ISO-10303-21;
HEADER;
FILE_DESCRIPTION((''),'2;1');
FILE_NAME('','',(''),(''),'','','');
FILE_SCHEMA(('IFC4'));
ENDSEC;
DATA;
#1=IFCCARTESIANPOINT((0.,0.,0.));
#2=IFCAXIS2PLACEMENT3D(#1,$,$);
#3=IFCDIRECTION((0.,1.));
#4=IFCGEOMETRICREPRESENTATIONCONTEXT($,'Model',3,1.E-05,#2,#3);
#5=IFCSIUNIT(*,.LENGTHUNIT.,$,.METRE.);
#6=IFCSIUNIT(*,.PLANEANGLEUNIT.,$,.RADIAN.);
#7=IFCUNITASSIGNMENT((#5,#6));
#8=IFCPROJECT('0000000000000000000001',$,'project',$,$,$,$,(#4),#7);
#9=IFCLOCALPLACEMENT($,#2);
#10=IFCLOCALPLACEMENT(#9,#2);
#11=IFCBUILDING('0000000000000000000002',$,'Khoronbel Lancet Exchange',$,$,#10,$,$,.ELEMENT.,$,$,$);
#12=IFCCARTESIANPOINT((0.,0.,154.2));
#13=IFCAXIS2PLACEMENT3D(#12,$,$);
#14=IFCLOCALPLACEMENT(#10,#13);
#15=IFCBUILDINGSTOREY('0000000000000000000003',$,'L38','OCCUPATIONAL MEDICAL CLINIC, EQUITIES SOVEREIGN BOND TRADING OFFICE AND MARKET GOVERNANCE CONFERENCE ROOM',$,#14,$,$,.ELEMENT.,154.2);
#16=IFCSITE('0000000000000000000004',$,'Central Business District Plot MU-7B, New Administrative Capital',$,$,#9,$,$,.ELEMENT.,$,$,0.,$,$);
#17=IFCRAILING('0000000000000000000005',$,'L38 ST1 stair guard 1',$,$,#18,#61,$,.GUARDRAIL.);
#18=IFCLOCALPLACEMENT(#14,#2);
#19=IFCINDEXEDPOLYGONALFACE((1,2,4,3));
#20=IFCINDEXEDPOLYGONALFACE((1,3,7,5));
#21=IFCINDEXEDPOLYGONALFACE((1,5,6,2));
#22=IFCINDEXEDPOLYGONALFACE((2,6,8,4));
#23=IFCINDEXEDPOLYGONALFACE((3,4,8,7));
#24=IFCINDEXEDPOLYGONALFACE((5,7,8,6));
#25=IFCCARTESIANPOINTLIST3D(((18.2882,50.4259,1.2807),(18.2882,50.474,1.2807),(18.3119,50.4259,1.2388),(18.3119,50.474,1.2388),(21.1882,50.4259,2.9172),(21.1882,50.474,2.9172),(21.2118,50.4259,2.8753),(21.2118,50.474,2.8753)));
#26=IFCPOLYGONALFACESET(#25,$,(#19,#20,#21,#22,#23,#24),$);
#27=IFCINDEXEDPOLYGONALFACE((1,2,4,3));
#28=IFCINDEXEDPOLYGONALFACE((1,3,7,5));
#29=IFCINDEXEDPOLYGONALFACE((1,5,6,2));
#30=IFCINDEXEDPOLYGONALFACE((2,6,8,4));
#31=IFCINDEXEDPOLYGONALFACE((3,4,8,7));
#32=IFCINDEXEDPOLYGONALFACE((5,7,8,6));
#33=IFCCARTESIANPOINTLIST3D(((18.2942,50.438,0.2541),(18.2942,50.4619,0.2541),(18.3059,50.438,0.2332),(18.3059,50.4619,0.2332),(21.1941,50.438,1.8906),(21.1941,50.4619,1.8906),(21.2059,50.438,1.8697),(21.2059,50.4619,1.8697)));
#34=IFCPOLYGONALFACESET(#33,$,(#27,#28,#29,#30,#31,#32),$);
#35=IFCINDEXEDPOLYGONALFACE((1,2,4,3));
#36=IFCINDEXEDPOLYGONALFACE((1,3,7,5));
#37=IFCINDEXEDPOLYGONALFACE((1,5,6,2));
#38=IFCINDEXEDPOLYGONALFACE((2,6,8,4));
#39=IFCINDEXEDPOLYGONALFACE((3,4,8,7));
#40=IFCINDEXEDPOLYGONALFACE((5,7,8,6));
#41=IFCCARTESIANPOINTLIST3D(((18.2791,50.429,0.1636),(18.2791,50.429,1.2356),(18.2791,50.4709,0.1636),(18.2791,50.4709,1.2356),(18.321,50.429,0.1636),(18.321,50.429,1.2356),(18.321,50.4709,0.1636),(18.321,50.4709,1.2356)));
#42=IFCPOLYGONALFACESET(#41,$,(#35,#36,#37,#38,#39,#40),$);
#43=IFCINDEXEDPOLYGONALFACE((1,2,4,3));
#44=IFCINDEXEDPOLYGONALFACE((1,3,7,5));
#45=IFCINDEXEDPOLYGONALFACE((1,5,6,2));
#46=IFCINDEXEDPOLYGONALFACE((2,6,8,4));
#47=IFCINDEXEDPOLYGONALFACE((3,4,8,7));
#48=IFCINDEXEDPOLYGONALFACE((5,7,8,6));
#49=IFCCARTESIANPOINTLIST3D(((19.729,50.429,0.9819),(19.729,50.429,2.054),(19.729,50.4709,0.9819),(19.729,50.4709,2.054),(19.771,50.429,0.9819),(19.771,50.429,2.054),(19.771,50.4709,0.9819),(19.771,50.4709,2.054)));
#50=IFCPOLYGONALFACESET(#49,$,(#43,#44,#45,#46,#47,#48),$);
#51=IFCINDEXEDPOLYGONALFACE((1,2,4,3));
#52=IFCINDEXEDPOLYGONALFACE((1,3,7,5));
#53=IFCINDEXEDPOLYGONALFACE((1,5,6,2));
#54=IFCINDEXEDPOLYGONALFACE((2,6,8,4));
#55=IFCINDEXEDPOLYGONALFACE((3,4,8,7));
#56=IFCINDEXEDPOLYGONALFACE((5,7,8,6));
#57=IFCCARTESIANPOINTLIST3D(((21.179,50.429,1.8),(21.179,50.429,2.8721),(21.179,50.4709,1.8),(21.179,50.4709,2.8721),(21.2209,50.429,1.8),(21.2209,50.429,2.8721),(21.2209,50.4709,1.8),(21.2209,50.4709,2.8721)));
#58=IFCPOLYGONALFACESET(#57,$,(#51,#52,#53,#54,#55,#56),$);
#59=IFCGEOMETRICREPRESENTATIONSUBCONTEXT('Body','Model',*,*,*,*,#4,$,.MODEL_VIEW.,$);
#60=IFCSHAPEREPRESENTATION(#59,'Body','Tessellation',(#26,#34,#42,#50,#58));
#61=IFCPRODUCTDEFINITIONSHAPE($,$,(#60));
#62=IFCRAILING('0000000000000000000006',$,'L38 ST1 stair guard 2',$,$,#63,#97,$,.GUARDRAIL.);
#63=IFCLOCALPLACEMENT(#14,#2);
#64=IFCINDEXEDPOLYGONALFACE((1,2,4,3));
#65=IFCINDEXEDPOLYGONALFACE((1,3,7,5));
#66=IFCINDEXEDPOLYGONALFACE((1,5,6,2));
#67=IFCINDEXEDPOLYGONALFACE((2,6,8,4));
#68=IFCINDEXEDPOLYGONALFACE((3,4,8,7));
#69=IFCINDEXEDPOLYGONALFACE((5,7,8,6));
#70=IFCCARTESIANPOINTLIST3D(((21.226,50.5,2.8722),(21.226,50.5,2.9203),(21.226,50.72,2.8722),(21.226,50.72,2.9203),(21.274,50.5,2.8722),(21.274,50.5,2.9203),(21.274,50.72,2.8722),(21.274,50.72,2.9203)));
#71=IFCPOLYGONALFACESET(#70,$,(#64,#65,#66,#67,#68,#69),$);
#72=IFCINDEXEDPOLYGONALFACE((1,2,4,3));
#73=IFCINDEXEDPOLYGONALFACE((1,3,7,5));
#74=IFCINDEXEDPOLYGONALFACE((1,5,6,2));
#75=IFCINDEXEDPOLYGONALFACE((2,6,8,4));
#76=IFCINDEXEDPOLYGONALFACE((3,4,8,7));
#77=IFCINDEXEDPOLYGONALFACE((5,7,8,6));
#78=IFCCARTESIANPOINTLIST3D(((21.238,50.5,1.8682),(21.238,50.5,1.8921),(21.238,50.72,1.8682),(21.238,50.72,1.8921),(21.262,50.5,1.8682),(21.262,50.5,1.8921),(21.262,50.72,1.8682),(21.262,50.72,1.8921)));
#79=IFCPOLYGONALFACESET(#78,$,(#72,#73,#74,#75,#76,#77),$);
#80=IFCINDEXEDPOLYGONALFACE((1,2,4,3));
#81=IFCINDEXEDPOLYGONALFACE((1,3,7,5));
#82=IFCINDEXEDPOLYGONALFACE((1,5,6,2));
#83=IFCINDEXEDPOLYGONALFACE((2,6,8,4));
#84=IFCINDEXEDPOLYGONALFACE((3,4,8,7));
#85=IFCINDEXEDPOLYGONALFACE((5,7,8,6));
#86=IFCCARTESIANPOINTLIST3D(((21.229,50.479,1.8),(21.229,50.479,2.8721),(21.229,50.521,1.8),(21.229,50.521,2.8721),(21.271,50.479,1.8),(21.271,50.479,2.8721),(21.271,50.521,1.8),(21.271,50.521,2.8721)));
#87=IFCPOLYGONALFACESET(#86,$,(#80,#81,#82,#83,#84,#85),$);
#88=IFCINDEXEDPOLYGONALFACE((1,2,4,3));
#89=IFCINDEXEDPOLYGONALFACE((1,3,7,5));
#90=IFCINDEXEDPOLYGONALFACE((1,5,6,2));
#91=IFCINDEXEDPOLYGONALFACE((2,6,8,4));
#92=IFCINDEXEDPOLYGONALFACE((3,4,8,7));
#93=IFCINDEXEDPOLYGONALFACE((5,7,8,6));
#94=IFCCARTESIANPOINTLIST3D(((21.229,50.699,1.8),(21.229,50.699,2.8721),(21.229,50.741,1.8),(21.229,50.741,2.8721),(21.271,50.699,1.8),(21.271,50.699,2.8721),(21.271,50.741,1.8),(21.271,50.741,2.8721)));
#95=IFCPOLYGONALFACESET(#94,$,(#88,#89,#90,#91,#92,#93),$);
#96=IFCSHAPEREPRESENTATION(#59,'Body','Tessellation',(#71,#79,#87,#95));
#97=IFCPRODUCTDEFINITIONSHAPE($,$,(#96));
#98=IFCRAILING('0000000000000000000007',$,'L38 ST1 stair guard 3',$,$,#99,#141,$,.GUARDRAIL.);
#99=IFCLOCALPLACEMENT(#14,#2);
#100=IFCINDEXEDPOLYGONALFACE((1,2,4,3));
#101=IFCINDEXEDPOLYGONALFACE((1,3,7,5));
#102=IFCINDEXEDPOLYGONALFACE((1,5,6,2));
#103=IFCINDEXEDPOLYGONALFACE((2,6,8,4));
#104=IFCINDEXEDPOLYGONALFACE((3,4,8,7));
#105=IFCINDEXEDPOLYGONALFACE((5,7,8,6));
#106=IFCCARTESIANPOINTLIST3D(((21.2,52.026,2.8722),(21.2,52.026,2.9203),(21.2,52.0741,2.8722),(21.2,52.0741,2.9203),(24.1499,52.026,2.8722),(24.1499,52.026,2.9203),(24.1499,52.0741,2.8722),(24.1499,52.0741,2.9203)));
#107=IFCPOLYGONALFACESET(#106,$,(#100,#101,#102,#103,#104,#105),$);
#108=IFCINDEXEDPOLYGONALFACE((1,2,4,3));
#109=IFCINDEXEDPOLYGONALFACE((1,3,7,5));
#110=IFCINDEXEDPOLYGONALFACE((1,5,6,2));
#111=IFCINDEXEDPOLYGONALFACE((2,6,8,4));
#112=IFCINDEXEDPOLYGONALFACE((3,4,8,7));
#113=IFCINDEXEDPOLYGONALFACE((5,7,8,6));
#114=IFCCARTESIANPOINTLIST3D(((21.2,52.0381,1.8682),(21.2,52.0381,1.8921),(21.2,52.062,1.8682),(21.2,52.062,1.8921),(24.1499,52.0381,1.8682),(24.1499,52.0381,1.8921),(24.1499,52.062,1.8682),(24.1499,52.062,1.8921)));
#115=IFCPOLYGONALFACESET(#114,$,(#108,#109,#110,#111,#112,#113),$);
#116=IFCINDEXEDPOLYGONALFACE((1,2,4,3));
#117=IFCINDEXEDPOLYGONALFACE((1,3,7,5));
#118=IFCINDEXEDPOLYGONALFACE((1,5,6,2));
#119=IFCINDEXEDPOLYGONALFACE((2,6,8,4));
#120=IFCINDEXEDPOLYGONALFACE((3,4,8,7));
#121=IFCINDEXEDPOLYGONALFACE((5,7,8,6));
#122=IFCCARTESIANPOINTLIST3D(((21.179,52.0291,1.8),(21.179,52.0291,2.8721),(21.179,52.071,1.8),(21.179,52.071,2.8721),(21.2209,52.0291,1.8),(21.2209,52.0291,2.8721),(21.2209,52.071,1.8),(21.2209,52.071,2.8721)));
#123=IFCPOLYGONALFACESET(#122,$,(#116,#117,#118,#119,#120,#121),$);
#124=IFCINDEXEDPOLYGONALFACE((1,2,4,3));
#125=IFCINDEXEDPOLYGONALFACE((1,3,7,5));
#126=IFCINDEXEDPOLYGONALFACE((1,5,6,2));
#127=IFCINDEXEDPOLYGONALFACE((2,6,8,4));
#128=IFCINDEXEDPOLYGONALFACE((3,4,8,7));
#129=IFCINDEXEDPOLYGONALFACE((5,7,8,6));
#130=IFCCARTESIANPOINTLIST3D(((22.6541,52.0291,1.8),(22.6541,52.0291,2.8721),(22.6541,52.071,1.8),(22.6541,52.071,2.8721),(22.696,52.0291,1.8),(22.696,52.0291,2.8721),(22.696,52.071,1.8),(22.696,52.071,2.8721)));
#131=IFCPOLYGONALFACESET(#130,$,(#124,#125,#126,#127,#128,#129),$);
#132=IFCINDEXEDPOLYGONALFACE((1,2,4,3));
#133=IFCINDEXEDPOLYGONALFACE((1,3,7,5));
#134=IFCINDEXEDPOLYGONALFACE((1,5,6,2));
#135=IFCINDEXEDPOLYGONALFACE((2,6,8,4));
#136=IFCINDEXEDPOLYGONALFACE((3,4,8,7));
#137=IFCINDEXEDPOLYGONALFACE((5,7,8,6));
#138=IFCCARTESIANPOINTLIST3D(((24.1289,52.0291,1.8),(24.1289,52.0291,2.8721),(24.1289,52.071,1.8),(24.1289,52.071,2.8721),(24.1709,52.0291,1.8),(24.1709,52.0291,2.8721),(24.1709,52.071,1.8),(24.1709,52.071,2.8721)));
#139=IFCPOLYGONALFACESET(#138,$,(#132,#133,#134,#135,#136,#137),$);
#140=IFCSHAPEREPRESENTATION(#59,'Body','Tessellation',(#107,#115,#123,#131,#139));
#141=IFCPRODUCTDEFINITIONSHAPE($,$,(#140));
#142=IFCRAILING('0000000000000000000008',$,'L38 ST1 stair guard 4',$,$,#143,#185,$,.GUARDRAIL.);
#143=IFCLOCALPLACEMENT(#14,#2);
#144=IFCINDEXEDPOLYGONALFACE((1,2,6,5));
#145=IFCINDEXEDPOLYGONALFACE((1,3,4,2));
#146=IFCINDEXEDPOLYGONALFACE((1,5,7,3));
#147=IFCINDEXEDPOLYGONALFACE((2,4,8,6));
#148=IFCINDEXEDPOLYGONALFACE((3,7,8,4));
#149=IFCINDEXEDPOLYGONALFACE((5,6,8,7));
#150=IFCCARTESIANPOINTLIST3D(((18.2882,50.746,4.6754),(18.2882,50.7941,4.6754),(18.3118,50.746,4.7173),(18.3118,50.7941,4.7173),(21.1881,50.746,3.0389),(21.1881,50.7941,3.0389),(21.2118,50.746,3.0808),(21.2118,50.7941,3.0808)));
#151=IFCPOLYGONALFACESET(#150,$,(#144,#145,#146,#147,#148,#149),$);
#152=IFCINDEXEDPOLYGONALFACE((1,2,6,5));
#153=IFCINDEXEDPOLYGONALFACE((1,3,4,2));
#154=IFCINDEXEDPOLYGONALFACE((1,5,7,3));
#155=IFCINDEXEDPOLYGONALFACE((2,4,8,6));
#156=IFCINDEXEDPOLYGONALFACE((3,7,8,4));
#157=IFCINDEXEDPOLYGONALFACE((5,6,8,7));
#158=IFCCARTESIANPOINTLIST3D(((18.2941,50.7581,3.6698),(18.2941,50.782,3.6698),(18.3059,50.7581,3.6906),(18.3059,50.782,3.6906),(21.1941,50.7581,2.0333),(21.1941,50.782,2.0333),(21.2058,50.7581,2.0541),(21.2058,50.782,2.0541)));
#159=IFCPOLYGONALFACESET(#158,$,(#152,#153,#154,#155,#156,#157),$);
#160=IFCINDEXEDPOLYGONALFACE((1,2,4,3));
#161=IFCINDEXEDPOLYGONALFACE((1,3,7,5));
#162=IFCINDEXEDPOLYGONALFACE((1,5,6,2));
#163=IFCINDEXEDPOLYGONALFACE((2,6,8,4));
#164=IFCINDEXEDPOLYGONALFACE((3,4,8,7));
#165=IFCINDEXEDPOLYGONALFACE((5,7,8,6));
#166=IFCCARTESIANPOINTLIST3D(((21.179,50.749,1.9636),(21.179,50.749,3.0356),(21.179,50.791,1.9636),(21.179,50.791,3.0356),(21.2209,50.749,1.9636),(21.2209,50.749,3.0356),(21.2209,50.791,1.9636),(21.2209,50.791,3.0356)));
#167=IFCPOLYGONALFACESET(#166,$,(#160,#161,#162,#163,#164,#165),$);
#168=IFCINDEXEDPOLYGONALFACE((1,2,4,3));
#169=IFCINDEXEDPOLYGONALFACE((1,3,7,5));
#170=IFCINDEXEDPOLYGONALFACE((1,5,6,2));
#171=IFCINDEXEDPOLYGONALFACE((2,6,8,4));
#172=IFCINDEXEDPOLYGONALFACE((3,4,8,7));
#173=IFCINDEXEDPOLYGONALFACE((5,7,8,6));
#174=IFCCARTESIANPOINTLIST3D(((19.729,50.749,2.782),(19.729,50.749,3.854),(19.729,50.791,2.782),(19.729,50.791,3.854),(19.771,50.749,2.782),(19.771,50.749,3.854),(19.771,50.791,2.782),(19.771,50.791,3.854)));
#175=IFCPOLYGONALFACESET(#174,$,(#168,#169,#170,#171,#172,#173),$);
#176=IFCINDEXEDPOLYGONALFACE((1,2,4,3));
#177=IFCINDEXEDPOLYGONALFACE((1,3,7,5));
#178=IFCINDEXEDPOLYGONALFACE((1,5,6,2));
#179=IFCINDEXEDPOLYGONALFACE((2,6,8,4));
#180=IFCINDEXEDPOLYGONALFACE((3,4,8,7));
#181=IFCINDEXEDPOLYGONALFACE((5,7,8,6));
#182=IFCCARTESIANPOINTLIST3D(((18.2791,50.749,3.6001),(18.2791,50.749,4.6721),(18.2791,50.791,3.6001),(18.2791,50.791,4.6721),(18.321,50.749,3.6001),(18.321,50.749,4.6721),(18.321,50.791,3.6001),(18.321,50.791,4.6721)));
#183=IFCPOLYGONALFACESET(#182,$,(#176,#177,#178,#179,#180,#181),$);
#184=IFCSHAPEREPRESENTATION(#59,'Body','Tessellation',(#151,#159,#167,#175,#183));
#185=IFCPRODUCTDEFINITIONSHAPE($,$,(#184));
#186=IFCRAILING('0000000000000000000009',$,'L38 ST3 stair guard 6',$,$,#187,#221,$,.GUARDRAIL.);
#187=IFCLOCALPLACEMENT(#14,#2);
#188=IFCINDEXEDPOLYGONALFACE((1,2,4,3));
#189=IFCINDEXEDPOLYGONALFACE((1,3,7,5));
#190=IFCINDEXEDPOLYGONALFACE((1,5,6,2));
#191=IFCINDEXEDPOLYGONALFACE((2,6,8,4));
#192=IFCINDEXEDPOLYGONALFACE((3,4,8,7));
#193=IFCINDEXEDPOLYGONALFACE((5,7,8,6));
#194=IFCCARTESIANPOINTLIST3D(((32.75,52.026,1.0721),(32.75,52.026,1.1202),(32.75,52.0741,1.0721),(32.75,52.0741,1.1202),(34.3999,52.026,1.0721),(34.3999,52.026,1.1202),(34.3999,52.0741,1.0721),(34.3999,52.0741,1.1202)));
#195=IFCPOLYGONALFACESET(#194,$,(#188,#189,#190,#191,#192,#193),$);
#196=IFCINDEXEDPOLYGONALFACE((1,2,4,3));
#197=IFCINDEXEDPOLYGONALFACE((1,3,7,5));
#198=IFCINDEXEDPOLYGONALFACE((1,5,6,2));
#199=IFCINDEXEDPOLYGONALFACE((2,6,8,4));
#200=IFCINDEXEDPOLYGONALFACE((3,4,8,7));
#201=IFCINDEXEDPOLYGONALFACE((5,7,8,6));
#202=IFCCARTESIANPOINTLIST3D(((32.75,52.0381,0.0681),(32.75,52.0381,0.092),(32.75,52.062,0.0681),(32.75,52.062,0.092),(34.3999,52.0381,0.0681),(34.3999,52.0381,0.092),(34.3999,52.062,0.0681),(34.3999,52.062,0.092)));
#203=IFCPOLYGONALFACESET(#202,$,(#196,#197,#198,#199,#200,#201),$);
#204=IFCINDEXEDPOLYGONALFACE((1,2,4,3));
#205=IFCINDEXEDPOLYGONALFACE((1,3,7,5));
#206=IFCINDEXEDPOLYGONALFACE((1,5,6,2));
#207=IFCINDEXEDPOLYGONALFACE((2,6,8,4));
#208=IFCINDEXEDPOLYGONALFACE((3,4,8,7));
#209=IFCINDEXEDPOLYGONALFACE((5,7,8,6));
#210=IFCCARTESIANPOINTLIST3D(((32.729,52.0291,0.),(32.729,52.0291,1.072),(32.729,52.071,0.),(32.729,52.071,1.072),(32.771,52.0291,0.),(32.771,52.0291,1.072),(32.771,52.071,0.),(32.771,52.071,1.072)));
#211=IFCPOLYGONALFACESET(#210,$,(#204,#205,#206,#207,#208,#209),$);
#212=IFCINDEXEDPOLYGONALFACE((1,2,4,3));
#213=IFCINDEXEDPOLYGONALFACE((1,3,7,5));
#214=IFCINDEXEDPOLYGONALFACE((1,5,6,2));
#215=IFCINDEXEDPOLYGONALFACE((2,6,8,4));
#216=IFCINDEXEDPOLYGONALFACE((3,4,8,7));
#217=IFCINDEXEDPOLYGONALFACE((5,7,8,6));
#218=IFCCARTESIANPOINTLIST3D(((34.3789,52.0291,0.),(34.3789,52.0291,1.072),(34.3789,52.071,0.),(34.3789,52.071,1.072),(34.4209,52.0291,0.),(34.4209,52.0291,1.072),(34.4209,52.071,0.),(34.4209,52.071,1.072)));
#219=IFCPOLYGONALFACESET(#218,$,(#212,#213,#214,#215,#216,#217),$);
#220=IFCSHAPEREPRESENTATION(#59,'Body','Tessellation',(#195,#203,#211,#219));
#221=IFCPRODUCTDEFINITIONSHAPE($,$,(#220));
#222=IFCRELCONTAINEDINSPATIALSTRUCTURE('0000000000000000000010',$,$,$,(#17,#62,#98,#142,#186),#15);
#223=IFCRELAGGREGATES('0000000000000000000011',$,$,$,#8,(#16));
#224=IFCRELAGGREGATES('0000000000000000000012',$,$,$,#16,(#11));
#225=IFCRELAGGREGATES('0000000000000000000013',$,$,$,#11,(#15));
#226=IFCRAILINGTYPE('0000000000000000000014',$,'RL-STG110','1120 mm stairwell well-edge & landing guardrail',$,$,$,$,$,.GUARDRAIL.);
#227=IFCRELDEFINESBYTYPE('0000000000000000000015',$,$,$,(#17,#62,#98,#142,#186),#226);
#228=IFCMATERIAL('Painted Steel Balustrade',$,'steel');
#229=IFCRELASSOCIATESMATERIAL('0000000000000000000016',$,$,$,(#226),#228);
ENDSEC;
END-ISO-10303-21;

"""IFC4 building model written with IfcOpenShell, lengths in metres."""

from ifc_helpers import new_model, si_unit, direction, frame, origin, origin_2d, place, context, subcontext, project, spatial, rectangle, extrude, material, type_object, element, save


model = new_model("IFC4")

# Units and contexts
model_context = context("Model", 3, precision=1e-05, world=origin(), true_north=direction((0.0, 1.0)))
body_context = subcontext(model_context, "Body", "Model", "MODEL_VIEW")
ifc_project = project(units=[si_unit("LENGTHUNIT", "METRE"), si_unit("PLANEANGLEUNIT", "RADIAN")], contexts=[model_context])

# Site, building, storey
site_placement = place(None, origin())
site = spatial("IfcSite", under=ifc_project, at=site_placement, Name="Central Business District Plot MU-7B, New Administrative Capital", CompositionType="ELEMENT", RefElevation=0.0)
building_placement = place(site_placement, origin())
building = spatial("IfcBuilding", under=site, at=building_placement, Name="Khoronbel Lancet Exchange", CompositionType="ELEMENT")
storey_placement = place(building_placement, frame((0.0, 0.0, 154.2)))
storey = spatial("IfcBuildingStorey", under=building, at=storey_placement, Name="L38", Description="OCCUPATIONAL MEDICAL CLINIC, EQUITIES SOVEREIGN BOND TRADING OFFICE AND MARKET GOVERNANCE CONFERENCE ROOM", CompositionType="ELEMENT", Elevation=154.2)

# Railings
ifc_material_1 = material(Name="Painted Steel Balustrade", Category="steel")
railing_type_1 = type_object("IfcRailingType", Name="RL-STG110", Description="1120 mm stairwell well-edge & landing guardrail", PredefinedType="GUARDRAIL", material=ifc_material_1)
railing_1_placement = place(storey_placement, frame((18.3, 50.45, 0.1636)))
element("IfcRailing", 1, at=railing_1_placement, inside=storey, type_object=railing_type_1, Name="L38 ST1 stair guard 1", PredefinedType="GUARDRAIL", context=body_context, shape_type="SweptSolid", body=[
    extrude(rectangle(XDim=0.0481, YDim=0.0481, at=origin_2d()), frame((0.0, 0.0, 1.0962), z_axis=(0.870897, 0.0, 0.491465), x_axis=(0.0, 1.0, 0.0)), (0.0, 0.0, 1.0), 3.3298),
    extrude(rectangle(XDim=0.0239, YDim=0.0239, at=origin_2d()), frame((0.0, 0.0, 0.0801), z_axis=(0.870897, 0.0, 0.491465), x_axis=(0.0, 1.0, 0.0)), (0.0, 0.0, 1.0), 3.3298),
    extrude(rectangle(XDim=0.042, YDim=0.042, at=origin_2d()), origin(), (0.0, 0.0, 1.0), 1.072),
    extrude(rectangle(XDim=0.042, YDim=0.042, at=origin_2d()), frame((1.45, 0.0, 0.8184)), (0.0, 0.0, 1.0), 1.072),
    extrude(rectangle(XDim=0.042, YDim=0.042, at=origin_2d()), frame((2.8999, 0.0, 1.6365)), (0.0, 0.0, 1.0), 1.072),
])
railing_2_placement = place(storey_placement, frame((21.25, 50.5, 1.8)))
element("IfcRailing", 2, at=railing_2_placement, inside=storey, type_object=railing_type_1, Name="L38 ST1 stair guard 2", PredefinedType="GUARDRAIL", context=body_context, shape_type="SweptSolid", body=[
    extrude(rectangle(XDim=0.0481, YDim=0.0481, at=origin_2d()), frame((0.0, 0.0, 1.0962), z_axis=(0.0, 1.0, 0.0), x_axis=(-1.0, 0.0, 0.0)), (0.0, 0.0, 1.0), 0.22),
    extrude(rectangle(XDim=0.0239, YDim=0.0239, at=origin_2d()), frame((0.0, 0.0, 0.0801), z_axis=(0.0, 1.0, 0.0), x_axis=(-1.0, 0.0, 0.0)), (0.0, 0.0, 1.0), 0.22),
    extrude(rectangle(XDim=0.042, YDim=0.042, at=origin_2d()), origin(), (0.0, 0.0, 1.0), 1.072),
    extrude(rectangle(XDim=0.042, YDim=0.042, at=origin_2d()), frame((0.0, 0.22, 0.0)), (0.0, 0.0, 1.0), 1.072),
])
railing_3_placement = place(storey_placement, frame((21.2, 52.05, 1.8)))
element("IfcRailing", 3, at=railing_3_placement, inside=storey, type_object=railing_type_1, Name="L38 ST1 stair guard 3", PredefinedType="GUARDRAIL", context=body_context, shape_type="SweptSolid", body=[
    extrude(rectangle(XDim=0.0481, YDim=0.0481, at=origin_2d()), frame((0.0, 0.0, 1.0962), z_axis=(1.0, 0.0, 0.0), x_axis=(0.0, 1.0, 0.0)), (0.0, 0.0, 1.0), 2.95),
    extrude(rectangle(XDim=0.0239, YDim=0.0239, at=origin_2d()), frame((0.0, 0.0, 0.0801), z_axis=(1.0, 0.0, 0.0), x_axis=(0.0, 1.0, 0.0)), (0.0, 0.0, 1.0), 2.95),
    extrude(rectangle(XDim=0.042, YDim=0.042, at=origin_2d()), origin(), (0.0, 0.0, 1.0), 1.072),
    extrude(rectangle(XDim=0.042, YDim=0.042, at=origin_2d()), frame((1.4751, 0.0, 0.0)), (0.0, 0.0, 1.0), 1.072),
    extrude(rectangle(XDim=0.042, YDim=0.042, at=origin_2d()), frame((2.95, 0.0, 0.0)), (0.0, 0.0, 1.0), 1.072),
])
railing_4_placement = place(storey_placement, frame((21.2, 50.77, 1.9636)))
element("IfcRailing", 4, at=railing_4_placement, inside=storey, type_object=railing_type_1, Name="L38 ST1 stair guard 4", PredefinedType="GUARDRAIL", context=body_context, shape_type="SweptSolid", body=[
    extrude(rectangle(XDim=0.0481, YDim=0.0481, at=origin_2d()), frame((0.0, 0.0, 1.0962), z_axis=(-0.870897, 0.0, 0.491465), x_axis=(0.0, -1.0, 0.0)), (0.0, 0.0, 1.0), 3.3298),
    extrude(rectangle(XDim=0.0239, YDim=0.0239, at=origin_2d()), frame((0.0, 0.0, 0.0801), z_axis=(-0.870897, 0.0, 0.491465), x_axis=(0.0, -1.0, 0.0)), (0.0, 0.0, 1.0), 3.3298),
    extrude(rectangle(XDim=0.042, YDim=0.042, at=origin_2d()), origin(), (0.0, 0.0, 1.0), 1.072),
    extrude(rectangle(XDim=0.042, YDim=0.042, at=origin_2d()), frame((-1.45, 0.0, 0.8184)), (0.0, 0.0, 1.0), 1.072),
    extrude(rectangle(XDim=0.042, YDim=0.042, at=origin_2d()), frame((-2.8999, 0.0, 1.6365)), (0.0, 0.0, 1.0), 1.072),
])
railing_5_placement = place(storey_placement, frame((32.75, 52.05, 0.0)))
element("IfcRailing", 5, at=railing_5_placement, inside=storey, type_object=railing_type_1, Name="L38 ST3 stair guard 6", PredefinedType="GUARDRAIL", context=body_context, shape_type="SweptSolid", body=[
    extrude(rectangle(XDim=0.0481, YDim=0.0481, at=origin_2d()), frame((0.0, 0.0, 1.0962), z_axis=(1.0, 0.0, 0.0), x_axis=(0.0, 1.0, 0.0)), (0.0, 0.0, 1.0), 1.6499),
    extrude(rectangle(XDim=0.0239, YDim=0.0239, at=origin_2d()), frame((0.0, 0.0, 0.0801), z_axis=(1.0, 0.0, 0.0), x_axis=(0.0, 1.0, 0.0)), (0.0, 0.0, 1.0), 1.6499),
    extrude(rectangle(XDim=0.042, YDim=0.042, at=origin_2d()), origin(), (0.0, 0.0, 1.0), 1.072),
    extrude(rectangle(XDim=0.042, YDim=0.042, at=origin_2d()), frame((1.6499, 0.0, 0.0)), (0.0, 0.0, 1.0), 1.072),
])

save(model, "model.ifc")
